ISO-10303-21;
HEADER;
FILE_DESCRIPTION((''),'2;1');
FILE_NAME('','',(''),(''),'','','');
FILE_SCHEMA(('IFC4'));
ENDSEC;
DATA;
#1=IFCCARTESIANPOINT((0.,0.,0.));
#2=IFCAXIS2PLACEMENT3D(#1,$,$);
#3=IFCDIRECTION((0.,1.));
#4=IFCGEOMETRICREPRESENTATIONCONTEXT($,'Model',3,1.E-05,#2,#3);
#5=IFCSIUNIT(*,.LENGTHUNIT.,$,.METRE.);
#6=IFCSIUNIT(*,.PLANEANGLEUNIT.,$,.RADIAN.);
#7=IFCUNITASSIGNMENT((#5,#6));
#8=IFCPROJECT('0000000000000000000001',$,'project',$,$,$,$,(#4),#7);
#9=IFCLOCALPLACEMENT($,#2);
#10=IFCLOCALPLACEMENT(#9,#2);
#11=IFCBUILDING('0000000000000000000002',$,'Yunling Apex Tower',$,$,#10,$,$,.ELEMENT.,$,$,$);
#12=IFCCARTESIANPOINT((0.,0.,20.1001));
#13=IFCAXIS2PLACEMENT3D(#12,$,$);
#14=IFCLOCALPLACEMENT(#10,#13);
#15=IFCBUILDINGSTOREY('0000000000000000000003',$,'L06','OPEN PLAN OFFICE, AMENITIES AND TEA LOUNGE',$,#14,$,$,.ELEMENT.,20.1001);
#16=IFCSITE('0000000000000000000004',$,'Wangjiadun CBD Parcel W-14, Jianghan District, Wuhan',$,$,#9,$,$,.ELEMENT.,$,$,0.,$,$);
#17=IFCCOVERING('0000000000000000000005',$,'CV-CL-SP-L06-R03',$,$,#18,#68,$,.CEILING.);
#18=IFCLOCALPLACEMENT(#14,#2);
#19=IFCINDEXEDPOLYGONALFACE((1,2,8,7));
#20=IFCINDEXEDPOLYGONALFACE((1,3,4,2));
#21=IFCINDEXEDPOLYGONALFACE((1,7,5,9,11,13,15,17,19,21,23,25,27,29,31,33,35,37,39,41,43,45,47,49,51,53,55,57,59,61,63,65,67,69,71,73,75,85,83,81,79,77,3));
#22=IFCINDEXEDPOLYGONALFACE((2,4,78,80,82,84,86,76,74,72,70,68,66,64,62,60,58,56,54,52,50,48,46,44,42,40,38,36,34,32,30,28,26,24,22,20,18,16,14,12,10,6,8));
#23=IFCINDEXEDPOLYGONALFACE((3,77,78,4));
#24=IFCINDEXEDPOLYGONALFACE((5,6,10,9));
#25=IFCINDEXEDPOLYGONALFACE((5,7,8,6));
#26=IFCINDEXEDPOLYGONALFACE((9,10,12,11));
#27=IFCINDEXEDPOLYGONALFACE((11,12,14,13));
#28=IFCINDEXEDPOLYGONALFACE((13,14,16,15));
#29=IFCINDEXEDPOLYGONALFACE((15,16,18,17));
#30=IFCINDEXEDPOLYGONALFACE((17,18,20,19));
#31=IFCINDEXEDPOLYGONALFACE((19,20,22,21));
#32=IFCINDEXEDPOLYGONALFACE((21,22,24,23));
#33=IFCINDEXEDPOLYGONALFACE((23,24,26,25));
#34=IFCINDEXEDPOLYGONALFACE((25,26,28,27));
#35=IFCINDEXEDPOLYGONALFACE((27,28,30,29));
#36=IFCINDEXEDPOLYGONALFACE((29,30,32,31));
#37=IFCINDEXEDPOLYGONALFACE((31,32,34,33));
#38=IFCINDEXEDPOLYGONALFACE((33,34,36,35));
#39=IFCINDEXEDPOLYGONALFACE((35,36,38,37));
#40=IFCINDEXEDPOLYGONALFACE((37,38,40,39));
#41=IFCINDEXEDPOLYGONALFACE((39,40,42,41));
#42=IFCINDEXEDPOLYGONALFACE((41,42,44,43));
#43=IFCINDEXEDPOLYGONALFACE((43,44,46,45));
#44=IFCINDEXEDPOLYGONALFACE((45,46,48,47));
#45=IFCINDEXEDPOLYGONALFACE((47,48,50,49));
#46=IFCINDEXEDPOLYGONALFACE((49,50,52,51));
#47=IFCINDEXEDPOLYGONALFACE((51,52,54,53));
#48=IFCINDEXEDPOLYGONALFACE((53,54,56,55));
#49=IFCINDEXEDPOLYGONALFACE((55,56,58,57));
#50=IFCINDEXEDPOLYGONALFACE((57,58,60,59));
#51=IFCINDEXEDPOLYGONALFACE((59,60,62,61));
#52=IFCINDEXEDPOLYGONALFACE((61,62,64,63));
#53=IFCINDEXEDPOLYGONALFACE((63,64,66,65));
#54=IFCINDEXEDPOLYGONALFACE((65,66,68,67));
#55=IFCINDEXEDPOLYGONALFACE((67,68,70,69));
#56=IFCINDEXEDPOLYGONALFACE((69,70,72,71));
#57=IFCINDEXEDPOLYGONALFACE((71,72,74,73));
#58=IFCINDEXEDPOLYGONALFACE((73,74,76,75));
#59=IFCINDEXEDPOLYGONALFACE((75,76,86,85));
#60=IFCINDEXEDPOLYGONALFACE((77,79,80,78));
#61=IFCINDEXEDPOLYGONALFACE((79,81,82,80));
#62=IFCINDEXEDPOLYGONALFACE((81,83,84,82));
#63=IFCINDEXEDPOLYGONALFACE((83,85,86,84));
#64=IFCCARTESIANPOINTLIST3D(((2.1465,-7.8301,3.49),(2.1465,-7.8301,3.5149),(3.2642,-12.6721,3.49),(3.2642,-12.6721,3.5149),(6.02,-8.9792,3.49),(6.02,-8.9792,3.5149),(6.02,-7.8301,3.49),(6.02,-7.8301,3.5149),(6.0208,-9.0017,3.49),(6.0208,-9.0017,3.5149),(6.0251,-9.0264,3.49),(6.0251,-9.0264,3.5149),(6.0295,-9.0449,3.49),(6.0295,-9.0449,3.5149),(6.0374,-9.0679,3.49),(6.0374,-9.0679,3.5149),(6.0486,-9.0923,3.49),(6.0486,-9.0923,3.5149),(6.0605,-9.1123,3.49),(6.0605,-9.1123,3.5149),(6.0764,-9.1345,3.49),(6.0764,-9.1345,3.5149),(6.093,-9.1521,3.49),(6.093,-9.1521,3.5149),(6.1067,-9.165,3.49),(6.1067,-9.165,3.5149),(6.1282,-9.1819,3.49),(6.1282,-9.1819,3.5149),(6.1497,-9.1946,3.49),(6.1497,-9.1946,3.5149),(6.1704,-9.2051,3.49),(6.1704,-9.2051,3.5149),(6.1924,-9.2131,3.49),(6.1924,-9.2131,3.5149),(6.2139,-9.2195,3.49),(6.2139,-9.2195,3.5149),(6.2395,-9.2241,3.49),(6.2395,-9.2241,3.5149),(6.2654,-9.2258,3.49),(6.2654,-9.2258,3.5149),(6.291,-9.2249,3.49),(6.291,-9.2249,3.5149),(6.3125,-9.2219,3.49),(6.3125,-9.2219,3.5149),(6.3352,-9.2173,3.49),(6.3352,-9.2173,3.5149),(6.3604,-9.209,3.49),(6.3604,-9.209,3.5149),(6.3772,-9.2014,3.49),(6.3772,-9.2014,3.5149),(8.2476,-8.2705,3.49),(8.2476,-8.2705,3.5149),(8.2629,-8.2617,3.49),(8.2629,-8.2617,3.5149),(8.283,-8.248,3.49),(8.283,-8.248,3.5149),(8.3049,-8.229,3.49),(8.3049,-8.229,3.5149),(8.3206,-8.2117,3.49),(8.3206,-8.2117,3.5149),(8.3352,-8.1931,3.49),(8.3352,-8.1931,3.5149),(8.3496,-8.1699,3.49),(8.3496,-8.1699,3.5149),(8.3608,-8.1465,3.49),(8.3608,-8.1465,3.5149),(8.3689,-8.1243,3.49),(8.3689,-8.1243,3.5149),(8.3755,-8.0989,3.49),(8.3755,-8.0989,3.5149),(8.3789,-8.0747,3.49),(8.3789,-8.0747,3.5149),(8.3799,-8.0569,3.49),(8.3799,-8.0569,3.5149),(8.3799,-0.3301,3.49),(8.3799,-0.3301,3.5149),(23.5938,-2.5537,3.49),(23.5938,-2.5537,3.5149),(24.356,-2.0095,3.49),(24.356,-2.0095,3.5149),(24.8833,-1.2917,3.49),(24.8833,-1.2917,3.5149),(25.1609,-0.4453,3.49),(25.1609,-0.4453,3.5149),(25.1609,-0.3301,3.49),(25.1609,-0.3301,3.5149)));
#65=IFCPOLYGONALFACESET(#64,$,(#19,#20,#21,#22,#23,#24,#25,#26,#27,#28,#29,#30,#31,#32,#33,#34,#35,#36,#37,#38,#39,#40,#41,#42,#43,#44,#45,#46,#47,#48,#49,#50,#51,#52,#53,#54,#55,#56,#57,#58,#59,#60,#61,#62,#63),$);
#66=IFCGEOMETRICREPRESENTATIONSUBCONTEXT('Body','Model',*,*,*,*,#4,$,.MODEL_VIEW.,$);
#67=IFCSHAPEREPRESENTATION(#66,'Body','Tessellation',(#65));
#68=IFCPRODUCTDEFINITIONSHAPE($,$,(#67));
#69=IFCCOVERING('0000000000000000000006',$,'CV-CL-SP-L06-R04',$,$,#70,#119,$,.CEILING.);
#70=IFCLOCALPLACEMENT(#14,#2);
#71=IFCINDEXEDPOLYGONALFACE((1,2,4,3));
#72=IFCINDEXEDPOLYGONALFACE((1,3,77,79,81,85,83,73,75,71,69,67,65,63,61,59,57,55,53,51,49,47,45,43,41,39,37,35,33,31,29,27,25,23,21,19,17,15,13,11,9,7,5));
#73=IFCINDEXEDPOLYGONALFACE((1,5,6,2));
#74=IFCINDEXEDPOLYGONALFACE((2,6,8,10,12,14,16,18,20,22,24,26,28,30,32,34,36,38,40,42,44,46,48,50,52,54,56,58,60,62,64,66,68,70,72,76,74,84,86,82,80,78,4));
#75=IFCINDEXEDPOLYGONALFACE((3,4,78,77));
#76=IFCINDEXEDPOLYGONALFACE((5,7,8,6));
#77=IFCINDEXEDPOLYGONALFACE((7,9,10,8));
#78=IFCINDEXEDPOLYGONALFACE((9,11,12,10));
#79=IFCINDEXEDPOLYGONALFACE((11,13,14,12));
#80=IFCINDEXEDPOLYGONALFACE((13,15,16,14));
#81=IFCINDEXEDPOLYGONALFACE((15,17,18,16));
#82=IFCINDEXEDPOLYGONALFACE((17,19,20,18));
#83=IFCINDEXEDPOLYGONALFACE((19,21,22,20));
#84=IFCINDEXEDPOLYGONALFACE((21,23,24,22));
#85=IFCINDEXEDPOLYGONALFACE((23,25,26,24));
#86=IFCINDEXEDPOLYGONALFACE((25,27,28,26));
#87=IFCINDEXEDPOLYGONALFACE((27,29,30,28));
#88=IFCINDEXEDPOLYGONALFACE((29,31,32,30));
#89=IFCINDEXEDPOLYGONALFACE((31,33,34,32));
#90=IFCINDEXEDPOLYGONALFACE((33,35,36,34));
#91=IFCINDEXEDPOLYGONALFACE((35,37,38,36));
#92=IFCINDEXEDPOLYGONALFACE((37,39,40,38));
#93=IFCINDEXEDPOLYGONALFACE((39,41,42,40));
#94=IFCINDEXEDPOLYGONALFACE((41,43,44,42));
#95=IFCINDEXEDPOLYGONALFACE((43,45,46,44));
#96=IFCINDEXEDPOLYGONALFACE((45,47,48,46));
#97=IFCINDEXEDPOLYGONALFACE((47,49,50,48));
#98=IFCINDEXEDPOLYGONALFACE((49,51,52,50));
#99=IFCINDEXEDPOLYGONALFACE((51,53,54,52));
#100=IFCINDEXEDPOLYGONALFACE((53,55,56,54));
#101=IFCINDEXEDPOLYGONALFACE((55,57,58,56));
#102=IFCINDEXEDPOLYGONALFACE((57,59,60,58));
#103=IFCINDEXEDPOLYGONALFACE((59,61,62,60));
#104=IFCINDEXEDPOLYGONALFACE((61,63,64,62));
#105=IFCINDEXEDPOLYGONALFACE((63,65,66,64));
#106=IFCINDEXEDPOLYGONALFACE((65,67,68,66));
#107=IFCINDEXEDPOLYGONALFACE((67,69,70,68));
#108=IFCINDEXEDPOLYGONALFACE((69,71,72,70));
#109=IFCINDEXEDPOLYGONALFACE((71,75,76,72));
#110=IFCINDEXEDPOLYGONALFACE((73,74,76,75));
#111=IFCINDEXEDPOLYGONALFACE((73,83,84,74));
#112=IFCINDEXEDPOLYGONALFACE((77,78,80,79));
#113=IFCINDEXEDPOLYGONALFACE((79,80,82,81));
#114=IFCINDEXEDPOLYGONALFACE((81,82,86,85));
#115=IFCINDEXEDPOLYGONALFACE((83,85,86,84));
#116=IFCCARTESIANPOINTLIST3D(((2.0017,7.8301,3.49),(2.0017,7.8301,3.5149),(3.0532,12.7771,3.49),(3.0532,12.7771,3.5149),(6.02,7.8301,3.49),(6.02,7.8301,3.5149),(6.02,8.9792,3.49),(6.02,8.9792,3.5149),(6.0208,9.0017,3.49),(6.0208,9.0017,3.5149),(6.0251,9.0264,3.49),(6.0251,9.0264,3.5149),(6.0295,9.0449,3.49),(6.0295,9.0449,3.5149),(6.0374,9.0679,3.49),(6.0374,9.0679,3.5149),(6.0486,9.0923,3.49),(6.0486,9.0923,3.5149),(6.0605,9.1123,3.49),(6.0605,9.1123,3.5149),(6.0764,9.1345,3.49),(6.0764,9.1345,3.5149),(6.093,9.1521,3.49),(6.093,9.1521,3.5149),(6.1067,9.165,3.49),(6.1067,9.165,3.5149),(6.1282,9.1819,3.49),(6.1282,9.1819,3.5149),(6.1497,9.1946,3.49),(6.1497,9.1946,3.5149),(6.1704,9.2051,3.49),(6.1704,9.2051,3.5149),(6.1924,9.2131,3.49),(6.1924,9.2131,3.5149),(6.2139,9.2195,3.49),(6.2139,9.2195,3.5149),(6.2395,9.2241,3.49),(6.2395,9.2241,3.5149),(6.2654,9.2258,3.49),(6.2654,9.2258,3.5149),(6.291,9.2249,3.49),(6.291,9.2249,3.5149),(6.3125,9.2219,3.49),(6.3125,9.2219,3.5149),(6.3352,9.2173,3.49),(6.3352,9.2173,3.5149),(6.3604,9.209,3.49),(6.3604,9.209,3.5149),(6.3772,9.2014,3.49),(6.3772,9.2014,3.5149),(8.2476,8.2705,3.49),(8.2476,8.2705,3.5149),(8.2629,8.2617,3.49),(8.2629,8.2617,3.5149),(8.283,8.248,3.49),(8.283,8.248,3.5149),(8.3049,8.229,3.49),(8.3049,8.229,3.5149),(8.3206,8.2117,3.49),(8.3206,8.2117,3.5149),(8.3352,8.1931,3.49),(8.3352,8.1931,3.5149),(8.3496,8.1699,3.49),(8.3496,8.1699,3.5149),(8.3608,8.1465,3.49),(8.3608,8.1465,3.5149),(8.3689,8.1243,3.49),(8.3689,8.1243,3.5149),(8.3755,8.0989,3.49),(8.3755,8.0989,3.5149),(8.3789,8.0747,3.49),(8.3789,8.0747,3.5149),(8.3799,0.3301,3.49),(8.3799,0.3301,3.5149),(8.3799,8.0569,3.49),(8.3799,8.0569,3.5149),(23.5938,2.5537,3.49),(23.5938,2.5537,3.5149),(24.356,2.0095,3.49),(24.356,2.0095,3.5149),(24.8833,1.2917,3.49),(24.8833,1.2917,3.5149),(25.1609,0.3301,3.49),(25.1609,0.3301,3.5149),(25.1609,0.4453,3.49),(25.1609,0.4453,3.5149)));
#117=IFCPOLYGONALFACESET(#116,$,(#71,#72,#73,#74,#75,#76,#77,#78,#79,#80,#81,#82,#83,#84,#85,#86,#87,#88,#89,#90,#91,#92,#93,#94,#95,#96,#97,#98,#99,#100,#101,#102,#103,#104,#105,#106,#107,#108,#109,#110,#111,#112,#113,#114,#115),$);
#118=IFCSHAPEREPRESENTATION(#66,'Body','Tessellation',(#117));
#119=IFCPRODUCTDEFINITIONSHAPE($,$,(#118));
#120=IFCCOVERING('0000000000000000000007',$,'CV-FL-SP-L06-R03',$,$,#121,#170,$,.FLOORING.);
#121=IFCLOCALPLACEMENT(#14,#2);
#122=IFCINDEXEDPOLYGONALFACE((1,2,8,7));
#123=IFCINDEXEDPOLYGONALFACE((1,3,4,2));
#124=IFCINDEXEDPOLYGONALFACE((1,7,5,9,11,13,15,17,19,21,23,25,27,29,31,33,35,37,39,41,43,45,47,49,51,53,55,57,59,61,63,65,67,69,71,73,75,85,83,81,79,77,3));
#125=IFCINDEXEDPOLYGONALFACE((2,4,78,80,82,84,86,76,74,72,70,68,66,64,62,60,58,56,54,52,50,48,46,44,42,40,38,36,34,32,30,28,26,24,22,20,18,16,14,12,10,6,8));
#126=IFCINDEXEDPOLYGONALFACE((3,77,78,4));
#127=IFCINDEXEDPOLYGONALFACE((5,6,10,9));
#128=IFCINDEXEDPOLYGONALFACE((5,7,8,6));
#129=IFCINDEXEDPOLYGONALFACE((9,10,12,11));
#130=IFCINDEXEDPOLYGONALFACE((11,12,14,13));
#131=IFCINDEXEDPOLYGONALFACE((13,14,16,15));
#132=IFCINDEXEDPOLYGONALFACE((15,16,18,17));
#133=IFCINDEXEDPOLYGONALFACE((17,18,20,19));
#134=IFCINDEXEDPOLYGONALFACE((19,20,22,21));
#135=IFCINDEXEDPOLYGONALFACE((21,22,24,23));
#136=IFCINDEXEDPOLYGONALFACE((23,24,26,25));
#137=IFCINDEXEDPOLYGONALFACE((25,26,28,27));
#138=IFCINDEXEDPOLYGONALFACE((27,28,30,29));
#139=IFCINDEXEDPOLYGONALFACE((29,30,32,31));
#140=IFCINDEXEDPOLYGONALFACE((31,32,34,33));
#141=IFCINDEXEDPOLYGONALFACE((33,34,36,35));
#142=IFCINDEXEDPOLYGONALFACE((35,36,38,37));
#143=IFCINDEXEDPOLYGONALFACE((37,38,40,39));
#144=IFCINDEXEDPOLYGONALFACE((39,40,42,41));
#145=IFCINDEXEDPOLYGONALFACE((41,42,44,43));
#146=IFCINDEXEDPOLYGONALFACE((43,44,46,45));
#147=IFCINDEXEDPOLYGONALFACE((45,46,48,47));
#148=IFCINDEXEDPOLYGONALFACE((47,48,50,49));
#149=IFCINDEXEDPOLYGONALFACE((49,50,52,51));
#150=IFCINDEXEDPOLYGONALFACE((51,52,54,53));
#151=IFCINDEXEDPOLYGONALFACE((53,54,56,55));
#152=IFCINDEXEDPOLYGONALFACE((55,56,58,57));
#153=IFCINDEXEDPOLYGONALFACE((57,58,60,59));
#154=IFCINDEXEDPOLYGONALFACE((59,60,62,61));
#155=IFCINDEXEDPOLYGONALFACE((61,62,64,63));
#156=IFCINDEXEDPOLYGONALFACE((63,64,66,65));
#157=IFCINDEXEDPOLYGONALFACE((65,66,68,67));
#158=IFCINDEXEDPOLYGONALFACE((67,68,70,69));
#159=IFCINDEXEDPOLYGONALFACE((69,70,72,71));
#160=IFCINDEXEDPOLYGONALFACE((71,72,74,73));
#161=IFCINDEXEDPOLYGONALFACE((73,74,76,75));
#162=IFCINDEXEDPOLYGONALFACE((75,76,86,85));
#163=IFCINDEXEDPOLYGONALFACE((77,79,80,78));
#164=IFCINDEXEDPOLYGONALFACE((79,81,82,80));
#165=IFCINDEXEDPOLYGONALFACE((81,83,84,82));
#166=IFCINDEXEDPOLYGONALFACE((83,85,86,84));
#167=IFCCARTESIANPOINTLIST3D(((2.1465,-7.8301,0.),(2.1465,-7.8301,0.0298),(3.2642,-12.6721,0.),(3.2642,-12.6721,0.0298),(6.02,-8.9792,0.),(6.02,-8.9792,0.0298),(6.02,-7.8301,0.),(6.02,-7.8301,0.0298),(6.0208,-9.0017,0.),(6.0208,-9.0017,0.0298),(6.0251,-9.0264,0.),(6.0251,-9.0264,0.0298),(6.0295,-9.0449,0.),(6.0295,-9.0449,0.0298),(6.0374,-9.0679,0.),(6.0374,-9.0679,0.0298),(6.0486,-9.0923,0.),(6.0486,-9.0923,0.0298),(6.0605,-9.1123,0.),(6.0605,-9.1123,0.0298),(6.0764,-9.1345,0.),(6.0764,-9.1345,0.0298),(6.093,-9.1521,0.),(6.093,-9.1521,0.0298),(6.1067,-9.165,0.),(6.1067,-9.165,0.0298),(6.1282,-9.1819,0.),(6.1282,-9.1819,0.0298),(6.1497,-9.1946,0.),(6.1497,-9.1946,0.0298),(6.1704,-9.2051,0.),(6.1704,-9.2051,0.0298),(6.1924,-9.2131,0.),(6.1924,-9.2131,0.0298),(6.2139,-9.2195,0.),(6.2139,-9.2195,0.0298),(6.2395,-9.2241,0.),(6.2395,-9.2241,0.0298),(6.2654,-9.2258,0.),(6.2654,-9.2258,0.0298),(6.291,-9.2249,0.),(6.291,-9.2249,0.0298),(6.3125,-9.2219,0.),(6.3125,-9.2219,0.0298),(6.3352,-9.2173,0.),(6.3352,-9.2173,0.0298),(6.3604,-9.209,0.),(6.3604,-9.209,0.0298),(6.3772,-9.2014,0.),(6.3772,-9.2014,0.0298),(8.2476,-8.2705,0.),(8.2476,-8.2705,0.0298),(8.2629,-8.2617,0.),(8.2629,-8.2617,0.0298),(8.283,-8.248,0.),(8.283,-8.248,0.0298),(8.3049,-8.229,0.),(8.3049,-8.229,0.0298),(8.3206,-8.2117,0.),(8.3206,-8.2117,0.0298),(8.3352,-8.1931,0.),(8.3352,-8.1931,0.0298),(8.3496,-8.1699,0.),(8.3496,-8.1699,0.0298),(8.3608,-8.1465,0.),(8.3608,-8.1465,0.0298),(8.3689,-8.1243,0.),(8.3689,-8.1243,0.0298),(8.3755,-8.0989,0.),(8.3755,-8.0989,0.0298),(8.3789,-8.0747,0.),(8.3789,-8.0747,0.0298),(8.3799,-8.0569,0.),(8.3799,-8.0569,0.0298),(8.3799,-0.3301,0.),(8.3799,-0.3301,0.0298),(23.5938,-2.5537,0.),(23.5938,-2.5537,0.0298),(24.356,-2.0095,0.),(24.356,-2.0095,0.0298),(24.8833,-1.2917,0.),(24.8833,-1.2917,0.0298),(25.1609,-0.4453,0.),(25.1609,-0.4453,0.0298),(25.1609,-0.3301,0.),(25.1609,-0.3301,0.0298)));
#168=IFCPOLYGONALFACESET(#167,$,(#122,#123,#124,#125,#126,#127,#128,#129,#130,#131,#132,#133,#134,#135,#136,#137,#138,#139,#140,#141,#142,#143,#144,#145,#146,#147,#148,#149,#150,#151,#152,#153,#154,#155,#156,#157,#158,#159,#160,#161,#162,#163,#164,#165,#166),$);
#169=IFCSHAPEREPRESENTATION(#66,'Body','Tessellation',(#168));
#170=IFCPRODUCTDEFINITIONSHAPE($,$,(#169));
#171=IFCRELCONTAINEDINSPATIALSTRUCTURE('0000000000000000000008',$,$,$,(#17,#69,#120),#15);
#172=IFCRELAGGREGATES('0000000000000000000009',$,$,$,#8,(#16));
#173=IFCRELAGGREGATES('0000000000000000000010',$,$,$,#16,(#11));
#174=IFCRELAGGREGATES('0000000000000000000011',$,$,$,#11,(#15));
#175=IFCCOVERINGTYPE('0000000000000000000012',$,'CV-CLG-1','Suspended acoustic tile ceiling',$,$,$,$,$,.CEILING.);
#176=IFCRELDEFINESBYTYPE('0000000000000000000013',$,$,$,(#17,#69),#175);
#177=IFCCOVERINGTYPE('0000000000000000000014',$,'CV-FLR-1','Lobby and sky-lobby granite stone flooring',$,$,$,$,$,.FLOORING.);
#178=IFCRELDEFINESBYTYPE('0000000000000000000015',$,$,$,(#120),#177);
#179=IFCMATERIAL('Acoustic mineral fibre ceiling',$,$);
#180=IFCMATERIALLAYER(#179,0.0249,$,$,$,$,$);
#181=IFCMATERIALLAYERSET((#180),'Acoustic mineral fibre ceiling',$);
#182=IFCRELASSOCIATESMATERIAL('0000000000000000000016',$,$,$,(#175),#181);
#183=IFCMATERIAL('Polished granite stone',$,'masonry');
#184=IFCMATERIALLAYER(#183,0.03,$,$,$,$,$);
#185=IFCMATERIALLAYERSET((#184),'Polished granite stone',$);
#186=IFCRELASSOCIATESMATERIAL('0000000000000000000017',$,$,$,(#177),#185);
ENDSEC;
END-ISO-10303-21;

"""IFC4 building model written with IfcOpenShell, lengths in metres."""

from ifc_helpers import new_model, si_unit, direction, frame, origin, place, context, subcontext, project, spatial, polyline, outline, extrude, material, layer, layer_set, type_object, element, save


model = new_model("IFC4")

# Units and contexts
model_context = context("Model", 3, precision=1e-05, world=origin(), true_north=direction((0.0, 1.0)))
body_context = subcontext(model_context, "Body", "Model", "MODEL_VIEW")
ifc_project = project(units=[si_unit("LENGTHUNIT", "METRE"), si_unit("PLANEANGLEUNIT", "RADIAN")], contexts=[model_context])

# Site, building, storey
site_placement = place(None, origin())
site = spatial("IfcSite", under=ifc_project, at=site_placement, Name="Wangjiadun CBD Parcel W-14, Jianghan District, Wuhan", CompositionType="ELEMENT", RefElevation=0.0)
building_placement = place(site_placement, origin())
building = spatial("IfcBuilding", under=site, at=building_placement, Name="Yunling Apex Tower", CompositionType="ELEMENT")
storey_placement = place(building_placement, frame((0.0, 0.0, 20.1001)))
storey = spatial("IfcBuildingStorey", under=building, at=storey_placement, Name="L06", Description="OPEN PLAN OFFICE, AMENITIES AND TEA LOUNGE", CompositionType="ELEMENT", Elevation=20.1001)

# Coverings
ifc_material_1 = material(Name="Acoustic mineral fibre ceiling")
ifc_layer_1 = layer(ifc_material_1, 0.0249)
ifc_layer_set_1 = layer_set([ifc_layer_1], Name="Acoustic mineral fibre ceiling")
covering_type_1 = type_object("IfcCoveringType", Name="CV-CLG-1", Description="Suspended acoustic tile ceiling", PredefinedType="CEILING", material=ifc_layer_set_1)
covering_1_placement = place(storey_placement, frame((0.0, 0.0, 3.49)))
element("IfcCovering", 1, at=covering_1_placement, inside=storey, type_object=covering_type_1, Name="CV-CL-SP-L06-R03", PredefinedType="CEILING", context=body_context, shape_type="SweptSolid", body=[
    extrude(outline(polyline([(25.1609, -0.3301), (25.1609, -0.4453), (24.8833, -1.2917), (24.356, -2.0095), (23.5938, -2.5537), (3.2642, -12.6721), (2.1465, -7.8301), (6.02, -7.8301), (6.02, -8.9792), (6.0208, -9.0017), (6.0251, -9.0264), (6.0295, -9.0449), (6.0374, -9.0679), (6.0486, -9.0923), (6.0605, -9.1123), (6.0764, -9.1345), (6.093, -9.1521), (6.1067, -9.165), (6.1282, -9.1819), (6.1497, -9.1946), (6.1704, -9.2051), (6.1924, -9.2131), (6.2139, -9.2195), (6.2395, -9.2241), (6.2654, -9.2258), (6.291, -9.2249), (6.3125, -9.2219), (6.3352, -9.2173), (6.3604, -9.209), (6.3772, -9.2014), (8.2476, -8.2705), (8.2629, -8.2617), (8.283, -8.248), (8.3049, -8.229), (8.3206, -8.2117), (8.3352, -8.1931), (8.3496, -8.1699), (8.3608, -8.1465), (8.3689, -8.1243), (8.3755, -8.0989), (8.3789, -8.0747), (8.3799, -8.0569), (8.3799, -0.3301), (25.1609, -0.3301)])), origin(), (0.0, 0.0, 1.0), 0.0249),
])
covering_2_placement = place(storey_placement, frame((0.0, 0.0, 3.49)))
element("IfcCovering", 2, at=covering_2_placement, inside=storey, type_object=covering_type_1, Name="CV-CL-SP-L06-R04", PredefinedType="CEILING", context=body_context, shape_type="SweptSolid", body=[
    extrude(outline(polyline([(3.0532, 12.7771), (23.5938, 2.5537), (24.356, 2.0095), (24.8833, 1.2917), (25.1609, 0.4453), (25.1609, 0.3301), (8.3799, 0.3301), (8.3799, 8.0569), (8.3789, 8.0747), (8.3755, 8.0989), (8.3689, 8.1243), (8.3608, 8.1465), (8.3496, 8.1699), (8.3352, 8.1931), (8.3206, 8.2117), (8.3049, 8.229), (8.283, 8.248), (8.2629, 8.2617), (8.2476, 8.2705), (6.3772, 9.2014), (6.3604, 9.209), (6.3352, 9.2173), (6.3125, 9.2219), (6.291, 9.2249), (6.2654, 9.2258), (6.2395, 9.2241), (6.2139, 9.2195), (6.1924, 9.2131), (6.1704, 9.2051), (6.1497, 9.1946), (6.1282, 9.1819), (6.1067, 9.165), (6.093, 9.1521), (6.0764, 9.1345), (6.0605, 9.1123), (6.0486, 9.0923), (6.0374, 9.0679), (6.0295, 9.0449), (6.0251, 9.0264), (6.0208, 9.0017), (6.02, 8.9792), (6.02, 7.8301), (2.0017, 7.8301), (3.0532, 12.7771)])), origin(), (0.0, 0.0, 1.0), 0.0249),
])
ifc_material_2 = material(Name="Polished granite stone", Category="masonry")
ifc_layer_2 = layer(ifc_material_2, 0.03)
ifc_layer_set_2 = layer_set([ifc_layer_2], Name="Polished granite stone")
covering_type_2 = type_object("IfcCoveringType", Name="CV-FLR-1", Description="Lobby and sky-lobby granite stone flooring", PredefinedType="FLOORING", material=ifc_layer_set_2)
covering_3_placement = place(storey_placement, origin())
element("IfcCovering", 3, at=covering_3_placement, inside=storey, type_object=covering_type_2, Name="CV-FL-SP-L06-R03", PredefinedType="FLOORING", context=body_context, shape_type="SweptSolid", body=[
    extrude(outline(polyline([(25.1609, -0.3301), (25.1609, -0.4453), (24.8833, -1.2917), (24.356, -2.0095), (23.5938, -2.5537), (3.2642, -12.6721), (2.1465, -7.8301), (6.02, -7.8301), (6.02, -8.9792), (6.0208, -9.0017), (6.0251, -9.0264), (6.0295, -9.0449), (6.0374, -9.0679), (6.0486, -9.0923), (6.0605, -9.1123), (6.0764, -9.1345), (6.093, -9.1521), (6.1067, -9.165), (6.1282, -9.1819), (6.1497, -9.1946), (6.1704, -9.2051), (6.1924, -9.2131), (6.2139, -9.2195), (6.2395, -9.2241), (6.2654, -9.2258), (6.291, -9.2249), (6.3125, -9.2219), (6.3352, -9.2173), (6.3604, -9.209), (6.3772, -9.2014), (8.2476, -8.2705), (8.2629, -8.2617), (8.283, -8.248), (8.3049, -8.229), (8.3206, -8.2117), (8.3352, -8.1931), (8.3496, -8.1699), (8.3608, -8.1465), (8.3689, -8.1243), (8.3755, -8.0989), (8.3789, -8.0747), (8.3799, -8.0569), (8.3799, -0.3301), (25.1609, -0.3301)])), origin(), (0.0, 0.0, 1.0), 0.0298),
])

save(model, "model.ifc")
